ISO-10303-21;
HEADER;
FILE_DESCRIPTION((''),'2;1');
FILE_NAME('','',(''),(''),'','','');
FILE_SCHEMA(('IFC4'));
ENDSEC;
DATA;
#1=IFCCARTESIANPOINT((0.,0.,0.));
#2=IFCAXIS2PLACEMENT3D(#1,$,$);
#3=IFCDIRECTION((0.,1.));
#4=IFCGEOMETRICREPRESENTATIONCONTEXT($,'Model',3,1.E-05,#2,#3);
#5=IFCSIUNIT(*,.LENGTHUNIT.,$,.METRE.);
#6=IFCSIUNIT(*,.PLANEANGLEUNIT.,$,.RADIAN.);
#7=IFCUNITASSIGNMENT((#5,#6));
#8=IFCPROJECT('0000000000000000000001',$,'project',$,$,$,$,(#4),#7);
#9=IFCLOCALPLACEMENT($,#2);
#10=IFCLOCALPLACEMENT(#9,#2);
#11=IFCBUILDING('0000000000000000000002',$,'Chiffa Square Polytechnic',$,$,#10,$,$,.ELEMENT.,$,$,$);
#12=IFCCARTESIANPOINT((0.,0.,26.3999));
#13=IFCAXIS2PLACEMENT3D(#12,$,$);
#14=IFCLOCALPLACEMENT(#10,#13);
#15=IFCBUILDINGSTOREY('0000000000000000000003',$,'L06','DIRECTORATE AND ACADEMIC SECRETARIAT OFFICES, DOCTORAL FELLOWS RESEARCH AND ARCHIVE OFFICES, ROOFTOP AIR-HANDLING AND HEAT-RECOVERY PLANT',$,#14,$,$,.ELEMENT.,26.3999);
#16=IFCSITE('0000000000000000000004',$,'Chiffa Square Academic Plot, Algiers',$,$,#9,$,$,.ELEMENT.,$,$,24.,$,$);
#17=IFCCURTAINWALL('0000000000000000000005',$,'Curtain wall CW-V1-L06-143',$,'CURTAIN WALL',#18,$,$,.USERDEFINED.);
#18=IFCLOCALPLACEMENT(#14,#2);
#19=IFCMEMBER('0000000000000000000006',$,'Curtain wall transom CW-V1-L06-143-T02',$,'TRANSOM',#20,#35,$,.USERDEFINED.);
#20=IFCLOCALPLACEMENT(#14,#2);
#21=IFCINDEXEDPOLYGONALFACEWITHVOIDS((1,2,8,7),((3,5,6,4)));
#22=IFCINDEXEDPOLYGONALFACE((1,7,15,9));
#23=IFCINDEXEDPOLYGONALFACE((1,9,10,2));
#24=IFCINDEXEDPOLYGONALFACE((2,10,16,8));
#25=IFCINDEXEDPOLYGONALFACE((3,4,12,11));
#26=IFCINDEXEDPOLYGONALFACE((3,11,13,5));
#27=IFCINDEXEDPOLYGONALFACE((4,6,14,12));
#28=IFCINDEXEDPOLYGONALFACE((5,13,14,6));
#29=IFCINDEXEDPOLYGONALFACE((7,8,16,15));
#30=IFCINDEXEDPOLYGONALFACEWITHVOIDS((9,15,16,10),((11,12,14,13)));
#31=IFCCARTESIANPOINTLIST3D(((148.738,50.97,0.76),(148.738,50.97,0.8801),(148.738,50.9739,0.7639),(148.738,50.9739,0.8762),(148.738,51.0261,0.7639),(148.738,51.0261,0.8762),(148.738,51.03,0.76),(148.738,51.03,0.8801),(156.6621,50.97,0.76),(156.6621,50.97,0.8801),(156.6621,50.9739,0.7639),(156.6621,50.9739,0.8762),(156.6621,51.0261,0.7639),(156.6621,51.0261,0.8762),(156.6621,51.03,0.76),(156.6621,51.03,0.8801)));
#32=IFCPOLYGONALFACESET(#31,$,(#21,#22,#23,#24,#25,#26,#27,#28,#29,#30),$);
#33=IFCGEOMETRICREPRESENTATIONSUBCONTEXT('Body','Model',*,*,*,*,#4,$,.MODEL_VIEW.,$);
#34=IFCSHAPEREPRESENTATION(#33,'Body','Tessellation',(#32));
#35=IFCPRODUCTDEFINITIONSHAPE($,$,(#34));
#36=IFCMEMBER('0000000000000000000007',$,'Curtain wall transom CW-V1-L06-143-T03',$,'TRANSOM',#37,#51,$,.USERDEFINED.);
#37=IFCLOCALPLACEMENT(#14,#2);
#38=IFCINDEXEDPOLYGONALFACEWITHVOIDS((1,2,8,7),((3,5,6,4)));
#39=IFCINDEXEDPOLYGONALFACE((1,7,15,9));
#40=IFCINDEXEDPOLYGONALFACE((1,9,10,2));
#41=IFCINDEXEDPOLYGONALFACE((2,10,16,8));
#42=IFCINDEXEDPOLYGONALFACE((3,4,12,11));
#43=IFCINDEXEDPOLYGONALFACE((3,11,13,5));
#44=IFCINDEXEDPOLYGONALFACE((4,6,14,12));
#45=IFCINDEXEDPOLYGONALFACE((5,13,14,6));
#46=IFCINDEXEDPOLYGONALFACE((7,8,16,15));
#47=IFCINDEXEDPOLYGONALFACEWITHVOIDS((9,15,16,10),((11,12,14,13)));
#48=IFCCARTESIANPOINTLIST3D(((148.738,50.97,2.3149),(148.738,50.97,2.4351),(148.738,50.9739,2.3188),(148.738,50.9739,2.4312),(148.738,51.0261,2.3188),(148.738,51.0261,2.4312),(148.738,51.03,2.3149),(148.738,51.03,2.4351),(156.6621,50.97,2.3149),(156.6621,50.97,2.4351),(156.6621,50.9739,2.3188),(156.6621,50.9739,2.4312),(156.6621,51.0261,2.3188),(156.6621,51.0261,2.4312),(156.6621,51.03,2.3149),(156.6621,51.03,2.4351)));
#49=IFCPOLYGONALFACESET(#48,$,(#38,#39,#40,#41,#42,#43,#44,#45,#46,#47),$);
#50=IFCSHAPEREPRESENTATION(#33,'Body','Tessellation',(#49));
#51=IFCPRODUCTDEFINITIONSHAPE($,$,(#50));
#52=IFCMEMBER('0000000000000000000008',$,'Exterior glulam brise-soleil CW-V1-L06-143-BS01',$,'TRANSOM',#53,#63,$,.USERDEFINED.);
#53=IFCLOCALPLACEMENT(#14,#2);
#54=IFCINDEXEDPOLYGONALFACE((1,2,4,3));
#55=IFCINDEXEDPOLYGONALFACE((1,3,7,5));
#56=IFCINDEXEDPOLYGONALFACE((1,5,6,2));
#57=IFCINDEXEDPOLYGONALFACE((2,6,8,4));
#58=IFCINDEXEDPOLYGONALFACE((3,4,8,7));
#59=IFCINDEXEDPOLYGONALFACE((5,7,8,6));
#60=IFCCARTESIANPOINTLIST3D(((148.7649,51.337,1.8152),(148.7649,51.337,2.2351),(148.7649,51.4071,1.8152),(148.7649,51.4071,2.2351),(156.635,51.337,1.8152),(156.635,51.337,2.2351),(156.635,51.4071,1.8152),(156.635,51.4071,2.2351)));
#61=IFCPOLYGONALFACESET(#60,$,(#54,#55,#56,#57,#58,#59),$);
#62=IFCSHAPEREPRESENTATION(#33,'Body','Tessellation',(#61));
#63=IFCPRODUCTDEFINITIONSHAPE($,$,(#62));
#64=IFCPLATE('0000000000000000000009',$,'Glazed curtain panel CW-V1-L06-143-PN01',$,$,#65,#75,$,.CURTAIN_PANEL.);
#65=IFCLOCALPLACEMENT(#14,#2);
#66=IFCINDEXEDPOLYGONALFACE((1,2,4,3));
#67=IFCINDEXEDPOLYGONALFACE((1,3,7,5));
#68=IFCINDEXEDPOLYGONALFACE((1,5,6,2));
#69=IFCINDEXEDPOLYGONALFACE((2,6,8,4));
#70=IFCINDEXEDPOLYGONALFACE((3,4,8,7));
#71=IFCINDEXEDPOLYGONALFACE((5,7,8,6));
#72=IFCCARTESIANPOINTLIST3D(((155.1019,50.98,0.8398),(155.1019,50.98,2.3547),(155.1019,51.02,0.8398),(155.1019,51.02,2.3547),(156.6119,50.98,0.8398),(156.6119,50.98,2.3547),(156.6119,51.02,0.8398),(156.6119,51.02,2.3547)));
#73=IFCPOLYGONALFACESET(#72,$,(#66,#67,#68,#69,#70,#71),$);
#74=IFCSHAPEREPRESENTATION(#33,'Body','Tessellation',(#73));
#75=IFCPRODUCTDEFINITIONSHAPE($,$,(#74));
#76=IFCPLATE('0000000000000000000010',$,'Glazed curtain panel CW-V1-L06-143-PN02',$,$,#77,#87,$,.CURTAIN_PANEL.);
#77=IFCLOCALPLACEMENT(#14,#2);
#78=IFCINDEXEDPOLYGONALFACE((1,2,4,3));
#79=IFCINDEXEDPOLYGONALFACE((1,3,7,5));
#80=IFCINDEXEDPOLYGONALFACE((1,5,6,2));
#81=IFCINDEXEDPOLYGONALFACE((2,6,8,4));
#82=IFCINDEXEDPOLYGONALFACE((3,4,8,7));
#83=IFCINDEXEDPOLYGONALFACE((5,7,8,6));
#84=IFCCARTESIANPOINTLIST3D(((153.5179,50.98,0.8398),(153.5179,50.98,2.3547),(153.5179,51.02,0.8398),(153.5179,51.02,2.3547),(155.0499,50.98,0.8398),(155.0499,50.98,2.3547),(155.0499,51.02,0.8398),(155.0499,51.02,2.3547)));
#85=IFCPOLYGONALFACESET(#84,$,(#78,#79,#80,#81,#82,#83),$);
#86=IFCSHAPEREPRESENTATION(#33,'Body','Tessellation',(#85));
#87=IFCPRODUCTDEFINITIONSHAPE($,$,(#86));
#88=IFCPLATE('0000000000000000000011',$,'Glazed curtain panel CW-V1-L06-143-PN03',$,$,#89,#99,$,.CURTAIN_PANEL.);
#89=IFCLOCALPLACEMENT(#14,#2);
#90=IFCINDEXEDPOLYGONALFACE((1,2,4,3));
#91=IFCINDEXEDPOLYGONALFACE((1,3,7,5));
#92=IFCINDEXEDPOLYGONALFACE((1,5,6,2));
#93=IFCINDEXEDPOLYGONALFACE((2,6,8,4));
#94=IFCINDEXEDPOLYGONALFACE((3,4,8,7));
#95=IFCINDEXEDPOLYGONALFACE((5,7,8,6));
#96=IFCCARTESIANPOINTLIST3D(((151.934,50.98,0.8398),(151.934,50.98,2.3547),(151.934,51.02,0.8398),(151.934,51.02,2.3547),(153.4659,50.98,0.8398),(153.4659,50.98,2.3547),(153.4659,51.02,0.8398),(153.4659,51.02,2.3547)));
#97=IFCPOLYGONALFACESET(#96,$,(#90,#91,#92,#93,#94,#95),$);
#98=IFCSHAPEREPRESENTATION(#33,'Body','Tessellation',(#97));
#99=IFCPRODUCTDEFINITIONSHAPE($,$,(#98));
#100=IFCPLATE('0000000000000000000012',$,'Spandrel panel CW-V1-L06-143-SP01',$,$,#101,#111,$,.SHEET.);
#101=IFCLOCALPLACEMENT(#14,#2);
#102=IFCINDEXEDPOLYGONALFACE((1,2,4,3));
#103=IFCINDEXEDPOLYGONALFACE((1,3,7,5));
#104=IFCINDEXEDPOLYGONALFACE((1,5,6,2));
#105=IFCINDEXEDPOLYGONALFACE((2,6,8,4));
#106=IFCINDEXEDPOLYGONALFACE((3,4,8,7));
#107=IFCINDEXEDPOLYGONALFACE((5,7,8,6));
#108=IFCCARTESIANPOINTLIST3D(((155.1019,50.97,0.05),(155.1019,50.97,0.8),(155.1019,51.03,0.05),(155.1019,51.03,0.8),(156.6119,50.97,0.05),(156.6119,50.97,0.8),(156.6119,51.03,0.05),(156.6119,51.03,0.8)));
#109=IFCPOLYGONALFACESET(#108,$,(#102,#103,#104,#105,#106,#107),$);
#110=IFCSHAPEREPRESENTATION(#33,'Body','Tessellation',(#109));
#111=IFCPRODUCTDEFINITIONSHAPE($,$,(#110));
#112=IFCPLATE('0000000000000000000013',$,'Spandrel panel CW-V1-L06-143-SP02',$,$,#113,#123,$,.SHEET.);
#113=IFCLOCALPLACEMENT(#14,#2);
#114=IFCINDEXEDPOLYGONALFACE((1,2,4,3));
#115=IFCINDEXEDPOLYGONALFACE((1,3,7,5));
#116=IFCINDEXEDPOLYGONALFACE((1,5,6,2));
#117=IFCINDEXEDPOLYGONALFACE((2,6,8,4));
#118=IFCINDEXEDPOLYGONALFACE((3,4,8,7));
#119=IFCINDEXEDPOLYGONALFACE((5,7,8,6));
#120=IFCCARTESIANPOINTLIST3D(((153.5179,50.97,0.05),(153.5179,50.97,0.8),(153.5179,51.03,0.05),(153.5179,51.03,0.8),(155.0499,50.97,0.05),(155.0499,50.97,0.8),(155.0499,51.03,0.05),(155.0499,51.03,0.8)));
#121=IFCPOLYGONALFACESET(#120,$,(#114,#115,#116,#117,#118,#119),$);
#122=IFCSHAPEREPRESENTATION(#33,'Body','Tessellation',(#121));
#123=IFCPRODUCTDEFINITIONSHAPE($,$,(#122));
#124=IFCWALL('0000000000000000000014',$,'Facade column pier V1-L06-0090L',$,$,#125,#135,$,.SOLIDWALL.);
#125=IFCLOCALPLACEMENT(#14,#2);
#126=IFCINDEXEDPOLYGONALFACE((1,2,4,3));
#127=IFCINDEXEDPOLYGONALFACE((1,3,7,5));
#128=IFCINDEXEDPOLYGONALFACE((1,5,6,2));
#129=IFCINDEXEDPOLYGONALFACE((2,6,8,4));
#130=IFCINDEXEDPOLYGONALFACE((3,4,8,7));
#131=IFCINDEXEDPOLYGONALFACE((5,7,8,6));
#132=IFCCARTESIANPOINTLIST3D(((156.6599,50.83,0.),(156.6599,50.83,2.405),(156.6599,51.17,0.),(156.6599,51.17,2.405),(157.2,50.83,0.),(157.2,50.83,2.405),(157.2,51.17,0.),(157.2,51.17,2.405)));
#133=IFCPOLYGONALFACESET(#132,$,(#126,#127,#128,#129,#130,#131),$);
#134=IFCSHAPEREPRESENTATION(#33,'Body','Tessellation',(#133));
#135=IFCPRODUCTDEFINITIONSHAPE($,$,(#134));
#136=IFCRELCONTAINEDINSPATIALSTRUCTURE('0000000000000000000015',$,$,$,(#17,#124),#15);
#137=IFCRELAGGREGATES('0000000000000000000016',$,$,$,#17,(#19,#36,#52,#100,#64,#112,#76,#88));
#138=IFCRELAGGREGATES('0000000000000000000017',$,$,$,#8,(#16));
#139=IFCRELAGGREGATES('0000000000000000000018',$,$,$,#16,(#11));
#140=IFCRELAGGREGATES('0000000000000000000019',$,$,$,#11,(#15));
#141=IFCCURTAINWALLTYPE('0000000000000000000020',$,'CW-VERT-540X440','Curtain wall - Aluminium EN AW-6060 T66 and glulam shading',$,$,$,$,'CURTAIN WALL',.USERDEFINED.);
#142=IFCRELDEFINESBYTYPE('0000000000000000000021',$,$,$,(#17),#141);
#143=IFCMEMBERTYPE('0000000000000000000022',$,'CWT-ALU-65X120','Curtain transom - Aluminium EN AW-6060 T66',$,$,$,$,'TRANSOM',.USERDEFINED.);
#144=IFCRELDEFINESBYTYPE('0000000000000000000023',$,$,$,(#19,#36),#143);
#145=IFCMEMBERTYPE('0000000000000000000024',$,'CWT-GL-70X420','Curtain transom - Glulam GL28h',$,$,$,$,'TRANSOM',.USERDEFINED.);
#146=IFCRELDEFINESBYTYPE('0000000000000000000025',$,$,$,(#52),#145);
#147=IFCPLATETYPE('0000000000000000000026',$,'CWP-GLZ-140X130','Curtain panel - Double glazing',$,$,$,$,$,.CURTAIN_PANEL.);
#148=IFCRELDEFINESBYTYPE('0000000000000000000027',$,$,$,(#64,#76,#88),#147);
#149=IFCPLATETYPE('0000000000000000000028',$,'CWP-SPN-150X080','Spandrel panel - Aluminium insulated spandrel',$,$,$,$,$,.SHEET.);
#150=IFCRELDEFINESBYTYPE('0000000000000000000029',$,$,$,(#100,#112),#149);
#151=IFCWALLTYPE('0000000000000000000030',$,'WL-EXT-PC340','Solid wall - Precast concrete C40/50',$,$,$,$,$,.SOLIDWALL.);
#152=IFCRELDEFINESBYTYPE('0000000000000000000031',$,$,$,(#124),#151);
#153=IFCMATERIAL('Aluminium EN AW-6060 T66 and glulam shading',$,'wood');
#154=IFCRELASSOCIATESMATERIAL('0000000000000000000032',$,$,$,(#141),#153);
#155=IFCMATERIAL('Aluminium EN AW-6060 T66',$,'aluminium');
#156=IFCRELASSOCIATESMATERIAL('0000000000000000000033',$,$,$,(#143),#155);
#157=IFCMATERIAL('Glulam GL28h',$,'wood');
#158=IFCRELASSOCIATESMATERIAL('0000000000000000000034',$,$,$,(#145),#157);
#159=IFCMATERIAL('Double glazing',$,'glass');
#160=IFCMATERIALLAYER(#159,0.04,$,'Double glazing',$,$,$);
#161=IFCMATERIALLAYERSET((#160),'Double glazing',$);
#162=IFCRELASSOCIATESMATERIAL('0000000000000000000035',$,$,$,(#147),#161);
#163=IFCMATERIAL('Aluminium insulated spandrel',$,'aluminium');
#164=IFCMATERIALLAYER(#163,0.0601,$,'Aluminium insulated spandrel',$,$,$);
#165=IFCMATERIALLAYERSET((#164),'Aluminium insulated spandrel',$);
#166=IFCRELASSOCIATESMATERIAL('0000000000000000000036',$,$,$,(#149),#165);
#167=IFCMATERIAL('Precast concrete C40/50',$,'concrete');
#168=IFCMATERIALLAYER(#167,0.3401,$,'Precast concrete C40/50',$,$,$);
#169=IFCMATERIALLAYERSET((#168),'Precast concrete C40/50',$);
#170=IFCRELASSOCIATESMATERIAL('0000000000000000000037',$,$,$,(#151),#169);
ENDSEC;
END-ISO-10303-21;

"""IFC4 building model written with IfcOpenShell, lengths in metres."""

from ifc_helpers import new_model, si_unit, direction, frame, frame_2d, origin, origin_2d, place, context, subcontext, project, spatial, rectangle, hollow_rectangle, extrude, material, layer, layer_set, material_profile, profile_set, type_object, element, aggregate, save


model = new_model("IFC4")

# Units and contexts
model_context = context("Model", 3, precision=1e-05, world=origin(), true_north=direction((0.0, 1.0)))
body_context = subcontext(model_context, "Body", "Model", "MODEL_VIEW")
ifc_project = project(units=[si_unit("LENGTHUNIT", "METRE"), si_unit("PLANEANGLEUNIT", "RADIAN")], contexts=[model_context])

# Site, building, storey
site_placement = place(None, origin())
site = spatial("IfcSite", under=ifc_project, at=site_placement, Name="Chiffa Square Academic Plot, Algiers", CompositionType="ELEMENT", RefElevation=24.0)
building_placement = place(site_placement, origin())
building = spatial("IfcBuilding", under=site, at=building_placement, Name="Chiffa Square Polytechnic", CompositionType="ELEMENT")
storey_placement = place(building_placement, frame((0.0, 0.0, 26.3999)))
storey = spatial("IfcBuildingStorey", under=building, at=storey_placement, Name="L06", Description="DIRECTORATE AND ACADEMIC SECRETARIAT OFFICES, DOCTORAL FELLOWS RESEARCH AND ARCHIVE OFFICES, ROOFTOP AIR-HANDLING AND HEAT-RECOVERY PLANT", CompositionType="ELEMENT", Elevation=26.3999)

# Curtain wall, members, plates
ifc_material_1 = material(Name="Aluminium EN AW-6060 T66 and glulam shading", Category="wood")
curtain_wall_type = type_object("IfcCurtainWallType", Name="CW-VERT-540X440", Description="Curtain wall - Aluminium EN AW-6060 T66 and glulam shading", ElementType="CURTAIN WALL", PredefinedType="USERDEFINED", material=ifc_material_1)
curtain_wall_placement = place(storey_placement, origin())
curtain_wall = element("IfcCurtainWall", 1, at=curtain_wall_placement, inside=storey, type_object=curtain_wall_type, Name="Curtain wall CW-V1-L06-143", ObjectType="CURTAIN WALL", PredefinedType="USERDEFINED")
ifc_material_2 = material(Name="Aluminium EN AW-6060 T66", Category="aluminium")
ifc_material_3 = material(Name="Glulam GL28h", Category="wood")
ifc_material_profile_1 = material_profile(ifc_material_2, hollow_rectangle(XDim=0.0601, YDim=0.1201, WallThickness=0.0039, at=origin_2d()), Name="ALU 60x120x4")
ifc_profile_set_1 = profile_set([ifc_material_profile_1], Name="Aluminium EN AW-6060 T66")
member_type_1 = type_object("IfcMemberType", Name="CWT-ALU-65X120", Description="Curtain transom - Aluminium EN AW-6060 T66", ElementType="TRANSOM", PredefinedType="USERDEFINED", material=ifc_profile_set_1)
member_1_placement = place(storey_placement, frame((156.6621, 51.0, 0.8201), z_axis=(-1.0, 0.0, 0.0), x_axis=(0.0, -1.0, 0.0)))
member_1 = element("IfcMember", 2, at=member_1_placement, type_object=member_type_1, Name="Curtain wall transom CW-V1-L06-143-T02", ObjectType="TRANSOM", PredefinedType="USERDEFINED", context=body_context, shape_type="SweptSolid", body=[
    extrude(hollow_rectangle(XDim=0.0601, YDim=0.1201, WallThickness=0.0039, at=origin_2d()), origin(), (0.0, 0.0, 1.0), 7.9241),
])
member_2_placement = place(storey_placement, frame((156.6621, 51.0, 2.375), z_axis=(-1.0, 0.0, 0.0), x_axis=(0.0, -1.0, 0.0)))
member_2 = element("IfcMember", 3, at=member_2_placement, type_object=member_type_1, Name="Curtain wall transom CW-V1-L06-143-T03", ObjectType="TRANSOM", PredefinedType="USERDEFINED", context=body_context, shape_type="SweptSolid", body=[
    extrude(hollow_rectangle(XDim=0.0601, YDim=0.1201, WallThickness=0.0039, at=origin_2d()), origin(), (0.0, 0.0, 1.0), 7.9241),
])
ifc_material_profile_2 = material_profile(ifc_material_3, rectangle(XDim=0.0701, YDim=0.4199, at=origin_2d()), Name="GL28h 70x420")
ifc_profile_set_2 = profile_set([ifc_material_profile_2], Name="Glulam GL28h")
member_type_2 = type_object("IfcMemberType", Name="CWT-GL-70X420", Description="Curtain transom - Glulam GL28h", ElementType="TRANSOM", PredefinedType="USERDEFINED", material=ifc_profile_set_2)
member_3_placement = place(storey_placement, frame((156.635, 51.3721, 2.0251), z_axis=(-1.0, 0.0, 0.0), x_axis=(0.0, -1.0, 0.0)))
member_3 = element("IfcMember", 4, at=member_3_placement, type_object=member_type_2, Name="Exterior glulam brise-soleil CW-V1-L06-143-BS01", ObjectType="TRANSOM", PredefinedType="USERDEFINED", context=body_context, shape_type="SweptSolid", body=[
    extrude(rectangle(XDim=0.0701, YDim=0.4199, at=origin_2d()), origin(), (0.0, 0.0, 1.0), 7.8701),
])
ifc_material_4 = material(Name="Double glazing", Category="glass")
ifc_layer_1 = layer(ifc_material_4, 0.04, Name="Double glazing")
ifc_layer_set_1 = layer_set([ifc_layer_1], Name="Double glazing")
plate_type_1 = type_object("IfcPlateType", Name="CWP-GLZ-140X130", Description="Curtain panel - Double glazing", PredefinedType="CURTAIN_PANEL", material=ifc_layer_set_1)
plate_1_placement = place(storey_placement, frame((155.8569, 51.0, 0.8398), z_axis=(0.0, 0.0, 1.0), x_axis=(-1.0, 0.0, 0.0)))
plate_1 = element("IfcPlate", 5, at=plate_1_placement, type_object=plate_type_1, Name="Glazed curtain panel CW-V1-L06-143-PN01", PredefinedType="CURTAIN_PANEL", context=body_context, shape_type="SweptSolid", body=[
    extrude(rectangle(XDim=1.51, YDim=0.04, at=origin_2d()), origin(), (0.0, 0.0, 1.0), 1.5149),
])
plate_2_placement = place(storey_placement, frame((154.2839, 51.0, 0.8398), z_axis=(0.0, 0.0, 1.0), x_axis=(-1.0, 0.0, 0.0)))
plate_2 = element("IfcPlate", 6, at=plate_2_placement, type_object=plate_type_1, Name="Glazed curtain panel CW-V1-L06-143-PN02", PredefinedType="CURTAIN_PANEL", context=body_context, shape_type="SweptSolid", body=[
    extrude(rectangle(XDim=1.532, YDim=0.04, at=origin_2d()), origin(), (0.0, 0.0, 1.0), 1.5149),
])
plate_3_placement = place(storey_placement, frame((152.7, 51.0, 0.8398), z_axis=(0.0, 0.0, 1.0), x_axis=(-1.0, 0.0, 0.0)))
plate_3 = element("IfcPlate", 7, at=plate_3_placement, type_object=plate_type_1, Name="Glazed curtain panel CW-V1-L06-143-PN03", PredefinedType="CURTAIN_PANEL", context=body_context, shape_type="SweptSolid", body=[
    extrude(rectangle(XDim=1.532, YDim=0.04, at=origin_2d()), origin(), (0.0, 0.0, 1.0), 1.5149),
])
ifc_material_5 = material(Name="Aluminium insulated spandrel", Category="aluminium")
ifc_layer_2 = layer(ifc_material_5, 0.0601, Name="Aluminium insulated spandrel")
ifc_layer_set_2 = layer_set([ifc_layer_2], Name="Aluminium insulated spandrel")
plate_type_2 = type_object("IfcPlateType", Name="CWP-SPN-150X080", Description="Spandrel panel - Aluminium insulated spandrel", PredefinedType="SHEET", material=ifc_layer_set_2)
plate_4_placement = place(storey_placement, frame((155.8569, 51.0, 0.05), z_axis=(0.0, 0.0, 1.0), x_axis=(-1.0, 0.0, 0.0)))
plate_4 = element("IfcPlate", 8, at=plate_4_placement, type_object=plate_type_2, Name="Spandrel panel CW-V1-L06-143-SP01", PredefinedType="SHEET", context=body_context, shape_type="SweptSolid", body=[
    extrude(rectangle(XDim=1.51, YDim=0.0601, at=origin_2d()), origin(), (0.0, 0.0, 1.0), 0.75),
])
plate_5_placement = place(storey_placement, frame((154.2839, 51.0, 0.05), z_axis=(0.0, 0.0, 1.0), x_axis=(-1.0, 0.0, 0.0)))
plate_5 = element("IfcPlate", 9, at=plate_5_placement, type_object=plate_type_2, Name="Spandrel panel CW-V1-L06-143-SP02", PredefinedType="SHEET", context=body_context, shape_type="SweptSolid", body=[
    extrude(rectangle(XDim=1.532, YDim=0.0601, at=origin_2d()), origin(), (0.0, 0.0, 1.0), 0.75),
])
aggregate(curtain_wall, [member_1, member_2, member_3, plate_4, plate_1, plate_5, plate_2, plate_3])

# Wall
ifc_material_6 = material(Name="Precast concrete C40/50", Category="concrete")
ifc_layer_3 = layer(ifc_material_6, 0.3401, Name="Precast concrete C40/50")
ifc_layer_set_3 = layer_set([ifc_layer_3], Name="Precast concrete C40/50")
wall_type = type_object("IfcWallType", Name="WL-EXT-PC340", Description="Solid wall - Precast concrete C40/50", PredefinedType="SOLIDWALL", material=ifc_layer_set_3)
wall_placement = place(storey_placement, frame((157.2, 51.0, 0.0), z_axis=(0.0, 0.0, 1.0), x_axis=(-1.0, 0.0, 0.0)))
element("IfcWall", 10, at=wall_placement, inside=storey, type_object=wall_type, Name="Facade column pier V1-L06-0090L", PredefinedType="SOLIDWALL", context=body_context, shape_type="SweptSolid", body=[
    extrude(rectangle(XDim=0.54, YDim=0.3401, at=frame_2d((0.27, 0.0))), origin(), (0.0, 0.0, 1.0), 2.405),
])

save(model, "model.ifc")
